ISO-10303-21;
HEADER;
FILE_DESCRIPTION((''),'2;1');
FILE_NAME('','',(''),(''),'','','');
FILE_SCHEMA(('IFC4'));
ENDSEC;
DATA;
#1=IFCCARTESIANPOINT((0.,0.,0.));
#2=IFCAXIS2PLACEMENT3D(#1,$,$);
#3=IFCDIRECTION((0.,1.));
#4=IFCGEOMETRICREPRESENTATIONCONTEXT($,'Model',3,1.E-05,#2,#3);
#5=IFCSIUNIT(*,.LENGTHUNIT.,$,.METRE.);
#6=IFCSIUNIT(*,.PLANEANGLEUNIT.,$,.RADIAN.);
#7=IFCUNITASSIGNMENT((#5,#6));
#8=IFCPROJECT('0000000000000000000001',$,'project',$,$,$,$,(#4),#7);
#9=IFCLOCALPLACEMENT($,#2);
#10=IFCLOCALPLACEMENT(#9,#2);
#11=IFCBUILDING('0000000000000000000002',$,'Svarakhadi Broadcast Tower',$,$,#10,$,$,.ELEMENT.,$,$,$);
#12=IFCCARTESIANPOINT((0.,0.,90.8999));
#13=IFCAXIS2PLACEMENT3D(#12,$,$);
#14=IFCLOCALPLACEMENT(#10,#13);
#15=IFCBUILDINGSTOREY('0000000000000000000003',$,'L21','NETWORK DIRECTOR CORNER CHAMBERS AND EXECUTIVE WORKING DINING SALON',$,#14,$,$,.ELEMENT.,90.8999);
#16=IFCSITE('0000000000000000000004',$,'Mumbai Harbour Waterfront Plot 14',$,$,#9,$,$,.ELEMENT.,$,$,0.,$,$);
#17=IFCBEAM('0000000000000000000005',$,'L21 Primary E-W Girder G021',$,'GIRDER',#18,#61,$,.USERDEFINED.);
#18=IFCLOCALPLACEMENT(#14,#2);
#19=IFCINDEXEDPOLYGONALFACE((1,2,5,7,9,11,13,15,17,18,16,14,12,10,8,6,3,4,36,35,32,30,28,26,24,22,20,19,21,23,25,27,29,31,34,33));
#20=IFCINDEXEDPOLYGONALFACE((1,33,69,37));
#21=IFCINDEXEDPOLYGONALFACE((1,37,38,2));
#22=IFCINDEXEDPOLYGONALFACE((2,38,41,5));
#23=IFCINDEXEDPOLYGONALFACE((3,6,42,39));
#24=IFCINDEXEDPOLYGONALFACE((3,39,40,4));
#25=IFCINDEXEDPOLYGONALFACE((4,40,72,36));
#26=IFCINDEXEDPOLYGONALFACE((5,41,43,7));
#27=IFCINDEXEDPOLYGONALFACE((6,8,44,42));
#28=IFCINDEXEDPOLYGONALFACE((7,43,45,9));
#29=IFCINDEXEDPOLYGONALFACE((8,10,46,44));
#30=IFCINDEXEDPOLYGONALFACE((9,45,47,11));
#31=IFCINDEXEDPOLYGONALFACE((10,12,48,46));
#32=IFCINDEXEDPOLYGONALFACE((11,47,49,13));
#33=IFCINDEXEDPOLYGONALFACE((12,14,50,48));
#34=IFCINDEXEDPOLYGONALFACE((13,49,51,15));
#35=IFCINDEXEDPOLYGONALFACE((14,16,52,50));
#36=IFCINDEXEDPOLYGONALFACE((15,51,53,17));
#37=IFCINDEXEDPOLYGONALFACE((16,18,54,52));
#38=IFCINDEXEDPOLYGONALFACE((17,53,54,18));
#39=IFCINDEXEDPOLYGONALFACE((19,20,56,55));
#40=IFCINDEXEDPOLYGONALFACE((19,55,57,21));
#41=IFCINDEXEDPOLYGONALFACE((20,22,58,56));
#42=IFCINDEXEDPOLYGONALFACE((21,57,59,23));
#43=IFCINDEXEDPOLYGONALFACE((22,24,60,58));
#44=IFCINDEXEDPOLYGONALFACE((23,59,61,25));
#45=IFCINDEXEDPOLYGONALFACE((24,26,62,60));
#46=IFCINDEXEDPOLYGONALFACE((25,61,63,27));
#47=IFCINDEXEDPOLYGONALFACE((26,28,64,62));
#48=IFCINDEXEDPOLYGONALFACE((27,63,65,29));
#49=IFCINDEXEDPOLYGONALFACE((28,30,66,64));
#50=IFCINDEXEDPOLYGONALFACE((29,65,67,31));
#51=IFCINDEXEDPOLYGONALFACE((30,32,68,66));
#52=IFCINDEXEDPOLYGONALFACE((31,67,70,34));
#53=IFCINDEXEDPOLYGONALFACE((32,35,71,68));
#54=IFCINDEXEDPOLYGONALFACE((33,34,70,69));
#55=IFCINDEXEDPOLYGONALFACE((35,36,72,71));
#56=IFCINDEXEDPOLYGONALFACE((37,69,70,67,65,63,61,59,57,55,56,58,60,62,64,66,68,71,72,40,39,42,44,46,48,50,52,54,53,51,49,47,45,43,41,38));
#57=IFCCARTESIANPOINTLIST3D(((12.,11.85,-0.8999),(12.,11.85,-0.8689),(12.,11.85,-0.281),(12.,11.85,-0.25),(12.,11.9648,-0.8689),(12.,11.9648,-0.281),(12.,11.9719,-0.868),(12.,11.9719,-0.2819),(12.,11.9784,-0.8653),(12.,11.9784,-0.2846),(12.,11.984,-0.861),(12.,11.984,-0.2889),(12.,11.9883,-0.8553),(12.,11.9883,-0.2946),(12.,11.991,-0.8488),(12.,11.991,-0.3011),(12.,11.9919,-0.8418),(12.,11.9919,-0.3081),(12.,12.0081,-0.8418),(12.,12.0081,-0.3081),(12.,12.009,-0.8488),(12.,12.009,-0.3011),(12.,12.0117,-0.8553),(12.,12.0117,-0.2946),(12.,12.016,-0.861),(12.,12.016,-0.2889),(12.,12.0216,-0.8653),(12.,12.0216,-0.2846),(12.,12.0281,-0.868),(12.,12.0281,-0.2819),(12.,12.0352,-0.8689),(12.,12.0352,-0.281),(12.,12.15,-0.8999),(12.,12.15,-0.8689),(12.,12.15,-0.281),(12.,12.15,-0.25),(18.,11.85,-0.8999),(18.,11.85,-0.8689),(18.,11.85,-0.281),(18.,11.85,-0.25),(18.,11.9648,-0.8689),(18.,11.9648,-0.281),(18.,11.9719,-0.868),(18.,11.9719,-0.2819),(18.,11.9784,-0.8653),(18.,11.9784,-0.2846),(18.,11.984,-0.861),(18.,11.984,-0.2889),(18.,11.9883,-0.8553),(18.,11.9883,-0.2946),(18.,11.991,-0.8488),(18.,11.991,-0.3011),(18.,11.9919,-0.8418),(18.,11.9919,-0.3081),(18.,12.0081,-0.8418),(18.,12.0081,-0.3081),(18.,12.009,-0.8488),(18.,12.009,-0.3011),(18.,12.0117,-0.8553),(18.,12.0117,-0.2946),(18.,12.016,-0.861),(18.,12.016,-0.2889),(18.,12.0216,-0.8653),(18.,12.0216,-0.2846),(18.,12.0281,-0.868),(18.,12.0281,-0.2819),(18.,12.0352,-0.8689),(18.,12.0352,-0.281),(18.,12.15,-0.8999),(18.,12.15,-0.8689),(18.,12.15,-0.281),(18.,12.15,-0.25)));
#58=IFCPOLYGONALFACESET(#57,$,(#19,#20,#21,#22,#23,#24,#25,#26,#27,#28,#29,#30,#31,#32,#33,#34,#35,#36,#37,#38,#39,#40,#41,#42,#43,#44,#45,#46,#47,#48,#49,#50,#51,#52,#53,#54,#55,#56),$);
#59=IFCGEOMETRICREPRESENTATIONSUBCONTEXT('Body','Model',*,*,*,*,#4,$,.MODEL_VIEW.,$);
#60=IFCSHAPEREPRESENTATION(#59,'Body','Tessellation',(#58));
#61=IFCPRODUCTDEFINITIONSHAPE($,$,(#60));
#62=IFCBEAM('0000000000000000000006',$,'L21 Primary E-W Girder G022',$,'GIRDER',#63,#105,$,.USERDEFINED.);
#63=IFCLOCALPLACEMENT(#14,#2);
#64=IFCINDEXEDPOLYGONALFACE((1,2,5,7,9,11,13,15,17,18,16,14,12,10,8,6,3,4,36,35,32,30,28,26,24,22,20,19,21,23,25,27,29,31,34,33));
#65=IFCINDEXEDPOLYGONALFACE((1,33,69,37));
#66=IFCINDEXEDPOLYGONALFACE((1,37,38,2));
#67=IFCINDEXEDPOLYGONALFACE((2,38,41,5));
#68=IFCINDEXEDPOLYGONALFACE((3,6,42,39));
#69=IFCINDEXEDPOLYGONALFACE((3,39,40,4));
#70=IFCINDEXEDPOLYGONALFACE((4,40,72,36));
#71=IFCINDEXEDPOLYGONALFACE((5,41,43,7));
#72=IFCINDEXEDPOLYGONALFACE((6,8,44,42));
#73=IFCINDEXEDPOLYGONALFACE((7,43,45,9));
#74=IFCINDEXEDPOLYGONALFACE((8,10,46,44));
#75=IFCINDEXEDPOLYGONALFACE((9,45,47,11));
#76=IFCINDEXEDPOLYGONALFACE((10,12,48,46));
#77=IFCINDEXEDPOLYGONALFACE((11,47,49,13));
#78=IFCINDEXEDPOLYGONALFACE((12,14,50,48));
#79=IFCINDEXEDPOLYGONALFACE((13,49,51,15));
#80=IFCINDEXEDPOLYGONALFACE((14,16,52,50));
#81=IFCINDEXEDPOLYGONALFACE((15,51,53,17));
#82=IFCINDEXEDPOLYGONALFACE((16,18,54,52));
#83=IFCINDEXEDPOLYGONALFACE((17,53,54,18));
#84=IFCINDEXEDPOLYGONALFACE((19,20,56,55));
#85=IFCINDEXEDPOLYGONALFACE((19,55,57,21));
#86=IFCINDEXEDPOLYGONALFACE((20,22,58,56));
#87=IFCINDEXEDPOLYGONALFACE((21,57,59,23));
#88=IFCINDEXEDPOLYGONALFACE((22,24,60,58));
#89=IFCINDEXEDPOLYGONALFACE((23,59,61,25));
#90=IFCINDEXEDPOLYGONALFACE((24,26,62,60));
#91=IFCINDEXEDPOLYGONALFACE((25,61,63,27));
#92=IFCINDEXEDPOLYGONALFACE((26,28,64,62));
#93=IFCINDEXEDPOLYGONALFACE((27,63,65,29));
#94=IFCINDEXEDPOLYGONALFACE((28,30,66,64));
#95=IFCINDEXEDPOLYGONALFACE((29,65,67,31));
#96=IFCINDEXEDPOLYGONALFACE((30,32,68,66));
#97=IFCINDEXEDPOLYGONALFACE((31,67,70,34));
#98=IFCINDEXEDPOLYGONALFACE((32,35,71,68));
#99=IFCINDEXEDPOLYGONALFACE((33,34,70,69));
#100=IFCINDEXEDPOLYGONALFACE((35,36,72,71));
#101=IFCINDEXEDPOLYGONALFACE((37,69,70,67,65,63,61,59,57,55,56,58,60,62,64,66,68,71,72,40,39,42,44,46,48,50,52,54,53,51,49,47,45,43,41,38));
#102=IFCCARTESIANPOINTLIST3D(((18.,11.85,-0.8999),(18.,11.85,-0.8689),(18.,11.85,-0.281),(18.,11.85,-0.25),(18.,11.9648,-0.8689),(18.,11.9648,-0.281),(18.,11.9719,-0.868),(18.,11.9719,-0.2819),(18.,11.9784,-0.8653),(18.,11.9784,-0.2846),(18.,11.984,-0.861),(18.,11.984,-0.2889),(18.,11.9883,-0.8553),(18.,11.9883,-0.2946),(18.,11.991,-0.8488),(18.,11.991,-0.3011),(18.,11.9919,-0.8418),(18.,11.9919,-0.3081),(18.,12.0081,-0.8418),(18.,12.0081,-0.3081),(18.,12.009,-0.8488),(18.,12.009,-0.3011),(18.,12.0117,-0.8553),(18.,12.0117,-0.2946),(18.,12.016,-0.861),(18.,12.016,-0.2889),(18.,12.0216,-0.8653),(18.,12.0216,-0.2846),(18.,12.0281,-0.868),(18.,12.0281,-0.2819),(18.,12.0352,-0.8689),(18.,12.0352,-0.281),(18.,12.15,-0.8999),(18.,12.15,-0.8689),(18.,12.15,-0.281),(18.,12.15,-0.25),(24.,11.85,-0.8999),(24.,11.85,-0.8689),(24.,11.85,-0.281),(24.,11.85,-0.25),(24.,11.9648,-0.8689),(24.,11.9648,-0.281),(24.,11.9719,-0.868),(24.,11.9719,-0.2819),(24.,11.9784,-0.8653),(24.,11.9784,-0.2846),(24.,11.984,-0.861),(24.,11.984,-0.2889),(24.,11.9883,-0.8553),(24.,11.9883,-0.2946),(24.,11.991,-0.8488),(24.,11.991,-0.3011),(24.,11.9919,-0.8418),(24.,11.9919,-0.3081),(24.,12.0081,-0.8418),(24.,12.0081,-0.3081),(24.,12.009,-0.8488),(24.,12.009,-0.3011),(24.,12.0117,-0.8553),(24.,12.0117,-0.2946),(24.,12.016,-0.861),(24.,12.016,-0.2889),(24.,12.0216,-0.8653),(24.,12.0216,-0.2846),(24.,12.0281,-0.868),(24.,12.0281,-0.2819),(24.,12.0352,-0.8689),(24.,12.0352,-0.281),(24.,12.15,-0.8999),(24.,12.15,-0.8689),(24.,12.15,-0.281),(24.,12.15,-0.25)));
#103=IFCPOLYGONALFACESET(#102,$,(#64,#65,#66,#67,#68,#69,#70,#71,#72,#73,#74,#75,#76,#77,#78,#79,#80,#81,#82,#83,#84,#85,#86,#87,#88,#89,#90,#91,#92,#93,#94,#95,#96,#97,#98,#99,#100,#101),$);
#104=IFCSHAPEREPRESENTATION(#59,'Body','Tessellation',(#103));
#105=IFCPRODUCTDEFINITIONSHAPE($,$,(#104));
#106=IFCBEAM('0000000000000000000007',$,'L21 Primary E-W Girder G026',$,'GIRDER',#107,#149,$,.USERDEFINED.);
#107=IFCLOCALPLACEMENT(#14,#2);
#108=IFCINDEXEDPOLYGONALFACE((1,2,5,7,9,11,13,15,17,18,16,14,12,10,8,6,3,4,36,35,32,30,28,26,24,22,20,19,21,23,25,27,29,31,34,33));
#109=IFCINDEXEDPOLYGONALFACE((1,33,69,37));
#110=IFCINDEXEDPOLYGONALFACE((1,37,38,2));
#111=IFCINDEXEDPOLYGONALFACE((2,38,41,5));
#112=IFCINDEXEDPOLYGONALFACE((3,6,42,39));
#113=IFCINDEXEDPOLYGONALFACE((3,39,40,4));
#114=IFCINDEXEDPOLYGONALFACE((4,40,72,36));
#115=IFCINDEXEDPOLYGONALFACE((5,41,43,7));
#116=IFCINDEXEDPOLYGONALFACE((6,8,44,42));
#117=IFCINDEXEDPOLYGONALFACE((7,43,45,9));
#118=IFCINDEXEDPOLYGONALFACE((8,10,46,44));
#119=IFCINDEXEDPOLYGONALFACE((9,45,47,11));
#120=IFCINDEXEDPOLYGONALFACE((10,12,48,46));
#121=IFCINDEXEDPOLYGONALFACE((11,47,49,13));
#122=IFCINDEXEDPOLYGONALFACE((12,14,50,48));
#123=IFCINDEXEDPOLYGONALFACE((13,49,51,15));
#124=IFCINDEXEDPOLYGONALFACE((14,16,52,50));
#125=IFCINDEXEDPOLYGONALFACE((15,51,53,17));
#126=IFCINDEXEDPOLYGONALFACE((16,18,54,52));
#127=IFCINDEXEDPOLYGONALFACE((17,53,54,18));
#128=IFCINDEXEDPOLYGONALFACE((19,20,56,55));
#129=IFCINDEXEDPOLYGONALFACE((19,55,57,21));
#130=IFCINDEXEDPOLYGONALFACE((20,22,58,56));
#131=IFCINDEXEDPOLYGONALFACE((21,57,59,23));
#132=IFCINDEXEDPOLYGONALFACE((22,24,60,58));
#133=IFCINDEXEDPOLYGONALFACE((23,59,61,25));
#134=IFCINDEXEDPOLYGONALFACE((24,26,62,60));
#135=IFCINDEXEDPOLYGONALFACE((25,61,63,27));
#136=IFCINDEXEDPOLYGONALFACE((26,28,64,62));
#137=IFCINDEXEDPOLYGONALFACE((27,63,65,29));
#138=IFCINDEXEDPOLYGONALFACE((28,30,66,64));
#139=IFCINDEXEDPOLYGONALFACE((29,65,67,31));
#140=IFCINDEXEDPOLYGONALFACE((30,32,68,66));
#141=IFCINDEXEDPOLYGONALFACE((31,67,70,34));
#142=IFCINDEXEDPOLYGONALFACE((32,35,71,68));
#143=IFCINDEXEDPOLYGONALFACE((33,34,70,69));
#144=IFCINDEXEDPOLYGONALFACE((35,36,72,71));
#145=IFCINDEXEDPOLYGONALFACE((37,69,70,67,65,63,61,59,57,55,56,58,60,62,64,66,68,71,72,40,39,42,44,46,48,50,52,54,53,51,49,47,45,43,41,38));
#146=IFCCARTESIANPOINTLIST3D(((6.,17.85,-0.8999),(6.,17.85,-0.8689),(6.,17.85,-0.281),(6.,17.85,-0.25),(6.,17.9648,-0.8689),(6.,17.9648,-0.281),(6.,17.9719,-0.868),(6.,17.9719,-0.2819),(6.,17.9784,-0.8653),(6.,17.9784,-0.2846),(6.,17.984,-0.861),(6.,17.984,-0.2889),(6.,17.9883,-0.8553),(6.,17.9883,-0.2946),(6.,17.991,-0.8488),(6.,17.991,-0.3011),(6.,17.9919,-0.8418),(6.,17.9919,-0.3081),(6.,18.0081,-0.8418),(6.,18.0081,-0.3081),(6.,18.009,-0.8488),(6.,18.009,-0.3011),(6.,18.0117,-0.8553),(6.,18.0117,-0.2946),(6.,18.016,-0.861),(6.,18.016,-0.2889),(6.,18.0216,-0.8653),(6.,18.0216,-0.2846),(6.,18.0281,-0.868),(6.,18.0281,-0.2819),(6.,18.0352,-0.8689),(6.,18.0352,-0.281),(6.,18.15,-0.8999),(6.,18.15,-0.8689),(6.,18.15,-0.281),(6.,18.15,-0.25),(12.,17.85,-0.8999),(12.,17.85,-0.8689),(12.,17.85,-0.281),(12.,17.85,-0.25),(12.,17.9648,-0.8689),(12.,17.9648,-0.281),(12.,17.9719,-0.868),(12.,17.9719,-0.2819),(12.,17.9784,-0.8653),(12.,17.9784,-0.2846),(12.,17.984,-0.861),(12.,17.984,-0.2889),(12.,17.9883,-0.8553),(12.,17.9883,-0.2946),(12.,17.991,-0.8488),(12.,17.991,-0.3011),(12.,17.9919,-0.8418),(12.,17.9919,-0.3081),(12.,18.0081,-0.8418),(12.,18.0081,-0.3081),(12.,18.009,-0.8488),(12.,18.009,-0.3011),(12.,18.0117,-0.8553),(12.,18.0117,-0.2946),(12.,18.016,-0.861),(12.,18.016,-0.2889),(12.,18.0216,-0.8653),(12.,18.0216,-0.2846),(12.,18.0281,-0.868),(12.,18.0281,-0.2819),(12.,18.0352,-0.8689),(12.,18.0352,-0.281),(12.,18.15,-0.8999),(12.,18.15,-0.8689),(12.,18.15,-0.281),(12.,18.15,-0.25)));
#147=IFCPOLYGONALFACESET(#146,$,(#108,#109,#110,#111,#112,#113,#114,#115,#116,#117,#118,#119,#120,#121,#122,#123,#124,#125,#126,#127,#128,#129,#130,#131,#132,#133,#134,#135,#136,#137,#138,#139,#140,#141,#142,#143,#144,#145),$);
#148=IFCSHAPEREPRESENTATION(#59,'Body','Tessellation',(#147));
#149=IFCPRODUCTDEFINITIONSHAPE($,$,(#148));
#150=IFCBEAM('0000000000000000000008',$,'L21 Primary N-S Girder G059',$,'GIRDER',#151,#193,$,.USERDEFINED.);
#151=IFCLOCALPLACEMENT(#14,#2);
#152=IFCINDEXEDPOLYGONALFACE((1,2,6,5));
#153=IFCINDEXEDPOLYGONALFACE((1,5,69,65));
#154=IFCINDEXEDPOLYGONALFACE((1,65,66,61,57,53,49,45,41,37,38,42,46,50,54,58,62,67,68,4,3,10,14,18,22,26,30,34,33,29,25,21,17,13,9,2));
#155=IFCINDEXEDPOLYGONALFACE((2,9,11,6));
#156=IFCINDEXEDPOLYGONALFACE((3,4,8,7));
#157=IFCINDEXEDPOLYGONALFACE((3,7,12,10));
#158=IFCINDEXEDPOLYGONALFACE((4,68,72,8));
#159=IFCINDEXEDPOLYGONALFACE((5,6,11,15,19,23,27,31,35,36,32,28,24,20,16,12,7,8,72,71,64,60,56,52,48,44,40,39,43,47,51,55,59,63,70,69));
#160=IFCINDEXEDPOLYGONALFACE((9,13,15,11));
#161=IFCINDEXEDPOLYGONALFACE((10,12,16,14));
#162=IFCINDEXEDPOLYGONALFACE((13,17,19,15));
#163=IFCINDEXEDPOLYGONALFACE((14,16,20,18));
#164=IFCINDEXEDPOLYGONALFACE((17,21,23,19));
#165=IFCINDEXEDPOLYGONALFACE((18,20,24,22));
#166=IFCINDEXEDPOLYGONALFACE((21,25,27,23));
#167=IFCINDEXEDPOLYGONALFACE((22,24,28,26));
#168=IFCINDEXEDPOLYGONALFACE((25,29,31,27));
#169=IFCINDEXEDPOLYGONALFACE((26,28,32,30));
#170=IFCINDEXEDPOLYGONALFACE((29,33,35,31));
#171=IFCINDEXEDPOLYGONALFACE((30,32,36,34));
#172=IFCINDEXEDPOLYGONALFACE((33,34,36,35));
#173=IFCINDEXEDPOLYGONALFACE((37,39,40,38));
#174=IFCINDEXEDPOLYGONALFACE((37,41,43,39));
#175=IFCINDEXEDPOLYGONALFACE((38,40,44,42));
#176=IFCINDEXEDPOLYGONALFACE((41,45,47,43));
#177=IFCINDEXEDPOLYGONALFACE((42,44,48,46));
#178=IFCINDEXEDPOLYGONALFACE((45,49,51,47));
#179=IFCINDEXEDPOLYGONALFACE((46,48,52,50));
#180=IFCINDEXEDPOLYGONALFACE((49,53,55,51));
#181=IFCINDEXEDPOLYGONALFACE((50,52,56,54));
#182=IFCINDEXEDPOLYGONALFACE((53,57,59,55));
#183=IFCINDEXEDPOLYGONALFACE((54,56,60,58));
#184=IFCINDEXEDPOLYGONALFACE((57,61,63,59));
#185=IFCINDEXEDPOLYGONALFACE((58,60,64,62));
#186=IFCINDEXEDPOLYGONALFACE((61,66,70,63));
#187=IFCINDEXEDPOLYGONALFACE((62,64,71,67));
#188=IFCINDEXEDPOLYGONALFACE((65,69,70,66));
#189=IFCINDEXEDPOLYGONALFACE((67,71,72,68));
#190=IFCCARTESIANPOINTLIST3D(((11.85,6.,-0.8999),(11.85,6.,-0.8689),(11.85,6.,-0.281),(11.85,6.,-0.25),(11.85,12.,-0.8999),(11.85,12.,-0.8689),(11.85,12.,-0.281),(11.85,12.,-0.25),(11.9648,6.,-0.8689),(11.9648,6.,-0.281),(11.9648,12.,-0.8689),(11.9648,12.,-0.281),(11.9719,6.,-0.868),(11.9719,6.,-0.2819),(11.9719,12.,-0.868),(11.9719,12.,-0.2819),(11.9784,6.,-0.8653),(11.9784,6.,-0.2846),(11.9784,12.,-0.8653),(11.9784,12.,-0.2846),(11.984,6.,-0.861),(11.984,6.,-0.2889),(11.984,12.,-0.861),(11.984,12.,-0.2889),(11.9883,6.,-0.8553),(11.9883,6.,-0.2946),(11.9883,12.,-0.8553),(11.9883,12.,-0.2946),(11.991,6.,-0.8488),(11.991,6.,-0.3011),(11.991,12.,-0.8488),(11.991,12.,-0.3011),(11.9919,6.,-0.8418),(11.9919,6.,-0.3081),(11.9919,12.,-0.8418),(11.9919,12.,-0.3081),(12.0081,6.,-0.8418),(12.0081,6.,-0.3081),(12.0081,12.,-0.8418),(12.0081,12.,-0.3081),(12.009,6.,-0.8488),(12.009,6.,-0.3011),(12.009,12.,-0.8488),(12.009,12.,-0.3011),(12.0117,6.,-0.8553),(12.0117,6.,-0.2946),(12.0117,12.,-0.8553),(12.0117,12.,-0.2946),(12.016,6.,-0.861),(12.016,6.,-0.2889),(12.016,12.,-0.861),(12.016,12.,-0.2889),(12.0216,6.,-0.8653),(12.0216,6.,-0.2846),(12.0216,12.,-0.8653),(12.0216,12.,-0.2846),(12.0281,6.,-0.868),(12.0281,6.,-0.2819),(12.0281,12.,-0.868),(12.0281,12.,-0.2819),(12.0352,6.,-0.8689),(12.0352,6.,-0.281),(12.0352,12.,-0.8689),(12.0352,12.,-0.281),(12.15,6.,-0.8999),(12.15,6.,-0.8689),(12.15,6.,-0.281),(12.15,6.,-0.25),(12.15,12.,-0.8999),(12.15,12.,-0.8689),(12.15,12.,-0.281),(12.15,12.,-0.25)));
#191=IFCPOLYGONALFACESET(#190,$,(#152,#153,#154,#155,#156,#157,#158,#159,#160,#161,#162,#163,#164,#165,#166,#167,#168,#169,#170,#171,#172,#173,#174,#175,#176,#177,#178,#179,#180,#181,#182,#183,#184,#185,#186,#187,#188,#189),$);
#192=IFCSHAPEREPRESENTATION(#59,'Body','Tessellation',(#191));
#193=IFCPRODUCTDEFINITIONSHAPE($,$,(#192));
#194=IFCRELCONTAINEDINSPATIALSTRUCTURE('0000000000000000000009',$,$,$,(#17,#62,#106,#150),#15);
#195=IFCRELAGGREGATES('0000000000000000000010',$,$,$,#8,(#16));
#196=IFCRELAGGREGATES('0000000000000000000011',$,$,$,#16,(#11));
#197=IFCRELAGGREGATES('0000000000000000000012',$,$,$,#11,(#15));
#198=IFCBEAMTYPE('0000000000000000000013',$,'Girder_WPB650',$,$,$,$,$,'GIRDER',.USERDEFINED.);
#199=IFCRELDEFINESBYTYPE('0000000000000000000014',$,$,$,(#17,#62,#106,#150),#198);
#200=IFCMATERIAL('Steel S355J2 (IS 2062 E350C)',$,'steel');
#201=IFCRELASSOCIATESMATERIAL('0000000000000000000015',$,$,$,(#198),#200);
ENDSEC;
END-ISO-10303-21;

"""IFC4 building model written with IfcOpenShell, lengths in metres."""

from ifc_helpers import new_model, si_unit, direction, frame, origin, origin_2d, place, context, subcontext, project, spatial, i_section, extrude, material, material_profile, profile_set, type_object, element, save


model = new_model("IFC4")

# Units and contexts
model_context = context("Model", 3, precision=1e-05, world=origin(), true_north=direction((0.0, 1.0)))
body_context = subcontext(model_context, "Body", "Model", "MODEL_VIEW")
ifc_project = project(units=[si_unit("LENGTHUNIT", "METRE"), si_unit("PLANEANGLEUNIT", "RADIAN")], contexts=[model_context])

# Site, building, storey
site_placement = place(None, origin())
site = spatial("IfcSite", under=ifc_project, at=site_placement, Name="Mumbai Harbour Waterfront Plot 14", CompositionType="ELEMENT", RefElevation=0.0)
building_placement = place(site_placement, origin())
building = spatial("IfcBuilding", under=site, at=building_placement, Name="Svarakhadi Broadcast Tower", CompositionType="ELEMENT")
storey_placement = place(building_placement, frame((0.0, 0.0, 90.8999)))
storey = spatial("IfcBuildingStorey", under=building, at=storey_placement, Name="L21", Description="NETWORK DIRECTOR CORNER CHAMBERS AND EXECUTIVE WORKING DINING SALON", CompositionType="ELEMENT", Elevation=90.8999)

# Beams
ifc_material_1 = material(Name="Steel S355J2 (IS 2062 E350C)", Category="steel")
ifc_material_profile_1 = material_profile(ifc_material_1, i_section(OverallWidth=0.3, OverallDepth=0.6499, WebThickness=0.0161, FlangeThickness=0.031, FilletRadius=0.0271, at=origin_2d()), Name="WPB 650x300x225")
ifc_profile_set_1 = profile_set([ifc_material_profile_1], Name="Steel S355J2 (IS 2062 E350C)")
beam_type_1 = type_object("IfcBeamType", Name="Girder_WPB650", ElementType="GIRDER", PredefinedType="USERDEFINED", material=ifc_profile_set_1)
for number, where, z_axis, x_axis, name in (
    (1, (12.0, 12.0, -0.575), (1.0, 0.0, 0.0), (0.0, 1.0, 0.0), "L21 Primary E-W Girder G021"),
    (2, (18.0, 12.0, -0.575), (1.0, 0.0, 0.0), (0.0, 1.0, 0.0), "L21 Primary E-W Girder G022"),
    (3, (6.0, 18.0, -0.575), (1.0, 0.0, 0.0), (0.0, 1.0, 0.0), "L21 Primary E-W Girder G026"),
    (4, (12.0, 6.0, -0.575), (0.0, 1.0, 0.0), (-1.0, 0.0, 0.0), "L21 Primary N-S Girder G059"),
):
    element("IfcBeam", number, at=place(storey_placement, frame(where, z_axis=z_axis, x_axis=x_axis)), inside=storey, type_object=beam_type_1, Name=name, ObjectType="GIRDER", PredefinedType="USERDEFINED", context=body_context, shape_type="SweptSolid", body=[
        extrude(i_section(OverallWidth=0.3, OverallDepth=0.6499, WebThickness=0.0161, FlangeThickness=0.031, FilletRadius=0.0271, at=origin_2d()), origin(), (0.0, 0.0, 1.0), 6.0),
    ])

save(model, "model.ifc")
